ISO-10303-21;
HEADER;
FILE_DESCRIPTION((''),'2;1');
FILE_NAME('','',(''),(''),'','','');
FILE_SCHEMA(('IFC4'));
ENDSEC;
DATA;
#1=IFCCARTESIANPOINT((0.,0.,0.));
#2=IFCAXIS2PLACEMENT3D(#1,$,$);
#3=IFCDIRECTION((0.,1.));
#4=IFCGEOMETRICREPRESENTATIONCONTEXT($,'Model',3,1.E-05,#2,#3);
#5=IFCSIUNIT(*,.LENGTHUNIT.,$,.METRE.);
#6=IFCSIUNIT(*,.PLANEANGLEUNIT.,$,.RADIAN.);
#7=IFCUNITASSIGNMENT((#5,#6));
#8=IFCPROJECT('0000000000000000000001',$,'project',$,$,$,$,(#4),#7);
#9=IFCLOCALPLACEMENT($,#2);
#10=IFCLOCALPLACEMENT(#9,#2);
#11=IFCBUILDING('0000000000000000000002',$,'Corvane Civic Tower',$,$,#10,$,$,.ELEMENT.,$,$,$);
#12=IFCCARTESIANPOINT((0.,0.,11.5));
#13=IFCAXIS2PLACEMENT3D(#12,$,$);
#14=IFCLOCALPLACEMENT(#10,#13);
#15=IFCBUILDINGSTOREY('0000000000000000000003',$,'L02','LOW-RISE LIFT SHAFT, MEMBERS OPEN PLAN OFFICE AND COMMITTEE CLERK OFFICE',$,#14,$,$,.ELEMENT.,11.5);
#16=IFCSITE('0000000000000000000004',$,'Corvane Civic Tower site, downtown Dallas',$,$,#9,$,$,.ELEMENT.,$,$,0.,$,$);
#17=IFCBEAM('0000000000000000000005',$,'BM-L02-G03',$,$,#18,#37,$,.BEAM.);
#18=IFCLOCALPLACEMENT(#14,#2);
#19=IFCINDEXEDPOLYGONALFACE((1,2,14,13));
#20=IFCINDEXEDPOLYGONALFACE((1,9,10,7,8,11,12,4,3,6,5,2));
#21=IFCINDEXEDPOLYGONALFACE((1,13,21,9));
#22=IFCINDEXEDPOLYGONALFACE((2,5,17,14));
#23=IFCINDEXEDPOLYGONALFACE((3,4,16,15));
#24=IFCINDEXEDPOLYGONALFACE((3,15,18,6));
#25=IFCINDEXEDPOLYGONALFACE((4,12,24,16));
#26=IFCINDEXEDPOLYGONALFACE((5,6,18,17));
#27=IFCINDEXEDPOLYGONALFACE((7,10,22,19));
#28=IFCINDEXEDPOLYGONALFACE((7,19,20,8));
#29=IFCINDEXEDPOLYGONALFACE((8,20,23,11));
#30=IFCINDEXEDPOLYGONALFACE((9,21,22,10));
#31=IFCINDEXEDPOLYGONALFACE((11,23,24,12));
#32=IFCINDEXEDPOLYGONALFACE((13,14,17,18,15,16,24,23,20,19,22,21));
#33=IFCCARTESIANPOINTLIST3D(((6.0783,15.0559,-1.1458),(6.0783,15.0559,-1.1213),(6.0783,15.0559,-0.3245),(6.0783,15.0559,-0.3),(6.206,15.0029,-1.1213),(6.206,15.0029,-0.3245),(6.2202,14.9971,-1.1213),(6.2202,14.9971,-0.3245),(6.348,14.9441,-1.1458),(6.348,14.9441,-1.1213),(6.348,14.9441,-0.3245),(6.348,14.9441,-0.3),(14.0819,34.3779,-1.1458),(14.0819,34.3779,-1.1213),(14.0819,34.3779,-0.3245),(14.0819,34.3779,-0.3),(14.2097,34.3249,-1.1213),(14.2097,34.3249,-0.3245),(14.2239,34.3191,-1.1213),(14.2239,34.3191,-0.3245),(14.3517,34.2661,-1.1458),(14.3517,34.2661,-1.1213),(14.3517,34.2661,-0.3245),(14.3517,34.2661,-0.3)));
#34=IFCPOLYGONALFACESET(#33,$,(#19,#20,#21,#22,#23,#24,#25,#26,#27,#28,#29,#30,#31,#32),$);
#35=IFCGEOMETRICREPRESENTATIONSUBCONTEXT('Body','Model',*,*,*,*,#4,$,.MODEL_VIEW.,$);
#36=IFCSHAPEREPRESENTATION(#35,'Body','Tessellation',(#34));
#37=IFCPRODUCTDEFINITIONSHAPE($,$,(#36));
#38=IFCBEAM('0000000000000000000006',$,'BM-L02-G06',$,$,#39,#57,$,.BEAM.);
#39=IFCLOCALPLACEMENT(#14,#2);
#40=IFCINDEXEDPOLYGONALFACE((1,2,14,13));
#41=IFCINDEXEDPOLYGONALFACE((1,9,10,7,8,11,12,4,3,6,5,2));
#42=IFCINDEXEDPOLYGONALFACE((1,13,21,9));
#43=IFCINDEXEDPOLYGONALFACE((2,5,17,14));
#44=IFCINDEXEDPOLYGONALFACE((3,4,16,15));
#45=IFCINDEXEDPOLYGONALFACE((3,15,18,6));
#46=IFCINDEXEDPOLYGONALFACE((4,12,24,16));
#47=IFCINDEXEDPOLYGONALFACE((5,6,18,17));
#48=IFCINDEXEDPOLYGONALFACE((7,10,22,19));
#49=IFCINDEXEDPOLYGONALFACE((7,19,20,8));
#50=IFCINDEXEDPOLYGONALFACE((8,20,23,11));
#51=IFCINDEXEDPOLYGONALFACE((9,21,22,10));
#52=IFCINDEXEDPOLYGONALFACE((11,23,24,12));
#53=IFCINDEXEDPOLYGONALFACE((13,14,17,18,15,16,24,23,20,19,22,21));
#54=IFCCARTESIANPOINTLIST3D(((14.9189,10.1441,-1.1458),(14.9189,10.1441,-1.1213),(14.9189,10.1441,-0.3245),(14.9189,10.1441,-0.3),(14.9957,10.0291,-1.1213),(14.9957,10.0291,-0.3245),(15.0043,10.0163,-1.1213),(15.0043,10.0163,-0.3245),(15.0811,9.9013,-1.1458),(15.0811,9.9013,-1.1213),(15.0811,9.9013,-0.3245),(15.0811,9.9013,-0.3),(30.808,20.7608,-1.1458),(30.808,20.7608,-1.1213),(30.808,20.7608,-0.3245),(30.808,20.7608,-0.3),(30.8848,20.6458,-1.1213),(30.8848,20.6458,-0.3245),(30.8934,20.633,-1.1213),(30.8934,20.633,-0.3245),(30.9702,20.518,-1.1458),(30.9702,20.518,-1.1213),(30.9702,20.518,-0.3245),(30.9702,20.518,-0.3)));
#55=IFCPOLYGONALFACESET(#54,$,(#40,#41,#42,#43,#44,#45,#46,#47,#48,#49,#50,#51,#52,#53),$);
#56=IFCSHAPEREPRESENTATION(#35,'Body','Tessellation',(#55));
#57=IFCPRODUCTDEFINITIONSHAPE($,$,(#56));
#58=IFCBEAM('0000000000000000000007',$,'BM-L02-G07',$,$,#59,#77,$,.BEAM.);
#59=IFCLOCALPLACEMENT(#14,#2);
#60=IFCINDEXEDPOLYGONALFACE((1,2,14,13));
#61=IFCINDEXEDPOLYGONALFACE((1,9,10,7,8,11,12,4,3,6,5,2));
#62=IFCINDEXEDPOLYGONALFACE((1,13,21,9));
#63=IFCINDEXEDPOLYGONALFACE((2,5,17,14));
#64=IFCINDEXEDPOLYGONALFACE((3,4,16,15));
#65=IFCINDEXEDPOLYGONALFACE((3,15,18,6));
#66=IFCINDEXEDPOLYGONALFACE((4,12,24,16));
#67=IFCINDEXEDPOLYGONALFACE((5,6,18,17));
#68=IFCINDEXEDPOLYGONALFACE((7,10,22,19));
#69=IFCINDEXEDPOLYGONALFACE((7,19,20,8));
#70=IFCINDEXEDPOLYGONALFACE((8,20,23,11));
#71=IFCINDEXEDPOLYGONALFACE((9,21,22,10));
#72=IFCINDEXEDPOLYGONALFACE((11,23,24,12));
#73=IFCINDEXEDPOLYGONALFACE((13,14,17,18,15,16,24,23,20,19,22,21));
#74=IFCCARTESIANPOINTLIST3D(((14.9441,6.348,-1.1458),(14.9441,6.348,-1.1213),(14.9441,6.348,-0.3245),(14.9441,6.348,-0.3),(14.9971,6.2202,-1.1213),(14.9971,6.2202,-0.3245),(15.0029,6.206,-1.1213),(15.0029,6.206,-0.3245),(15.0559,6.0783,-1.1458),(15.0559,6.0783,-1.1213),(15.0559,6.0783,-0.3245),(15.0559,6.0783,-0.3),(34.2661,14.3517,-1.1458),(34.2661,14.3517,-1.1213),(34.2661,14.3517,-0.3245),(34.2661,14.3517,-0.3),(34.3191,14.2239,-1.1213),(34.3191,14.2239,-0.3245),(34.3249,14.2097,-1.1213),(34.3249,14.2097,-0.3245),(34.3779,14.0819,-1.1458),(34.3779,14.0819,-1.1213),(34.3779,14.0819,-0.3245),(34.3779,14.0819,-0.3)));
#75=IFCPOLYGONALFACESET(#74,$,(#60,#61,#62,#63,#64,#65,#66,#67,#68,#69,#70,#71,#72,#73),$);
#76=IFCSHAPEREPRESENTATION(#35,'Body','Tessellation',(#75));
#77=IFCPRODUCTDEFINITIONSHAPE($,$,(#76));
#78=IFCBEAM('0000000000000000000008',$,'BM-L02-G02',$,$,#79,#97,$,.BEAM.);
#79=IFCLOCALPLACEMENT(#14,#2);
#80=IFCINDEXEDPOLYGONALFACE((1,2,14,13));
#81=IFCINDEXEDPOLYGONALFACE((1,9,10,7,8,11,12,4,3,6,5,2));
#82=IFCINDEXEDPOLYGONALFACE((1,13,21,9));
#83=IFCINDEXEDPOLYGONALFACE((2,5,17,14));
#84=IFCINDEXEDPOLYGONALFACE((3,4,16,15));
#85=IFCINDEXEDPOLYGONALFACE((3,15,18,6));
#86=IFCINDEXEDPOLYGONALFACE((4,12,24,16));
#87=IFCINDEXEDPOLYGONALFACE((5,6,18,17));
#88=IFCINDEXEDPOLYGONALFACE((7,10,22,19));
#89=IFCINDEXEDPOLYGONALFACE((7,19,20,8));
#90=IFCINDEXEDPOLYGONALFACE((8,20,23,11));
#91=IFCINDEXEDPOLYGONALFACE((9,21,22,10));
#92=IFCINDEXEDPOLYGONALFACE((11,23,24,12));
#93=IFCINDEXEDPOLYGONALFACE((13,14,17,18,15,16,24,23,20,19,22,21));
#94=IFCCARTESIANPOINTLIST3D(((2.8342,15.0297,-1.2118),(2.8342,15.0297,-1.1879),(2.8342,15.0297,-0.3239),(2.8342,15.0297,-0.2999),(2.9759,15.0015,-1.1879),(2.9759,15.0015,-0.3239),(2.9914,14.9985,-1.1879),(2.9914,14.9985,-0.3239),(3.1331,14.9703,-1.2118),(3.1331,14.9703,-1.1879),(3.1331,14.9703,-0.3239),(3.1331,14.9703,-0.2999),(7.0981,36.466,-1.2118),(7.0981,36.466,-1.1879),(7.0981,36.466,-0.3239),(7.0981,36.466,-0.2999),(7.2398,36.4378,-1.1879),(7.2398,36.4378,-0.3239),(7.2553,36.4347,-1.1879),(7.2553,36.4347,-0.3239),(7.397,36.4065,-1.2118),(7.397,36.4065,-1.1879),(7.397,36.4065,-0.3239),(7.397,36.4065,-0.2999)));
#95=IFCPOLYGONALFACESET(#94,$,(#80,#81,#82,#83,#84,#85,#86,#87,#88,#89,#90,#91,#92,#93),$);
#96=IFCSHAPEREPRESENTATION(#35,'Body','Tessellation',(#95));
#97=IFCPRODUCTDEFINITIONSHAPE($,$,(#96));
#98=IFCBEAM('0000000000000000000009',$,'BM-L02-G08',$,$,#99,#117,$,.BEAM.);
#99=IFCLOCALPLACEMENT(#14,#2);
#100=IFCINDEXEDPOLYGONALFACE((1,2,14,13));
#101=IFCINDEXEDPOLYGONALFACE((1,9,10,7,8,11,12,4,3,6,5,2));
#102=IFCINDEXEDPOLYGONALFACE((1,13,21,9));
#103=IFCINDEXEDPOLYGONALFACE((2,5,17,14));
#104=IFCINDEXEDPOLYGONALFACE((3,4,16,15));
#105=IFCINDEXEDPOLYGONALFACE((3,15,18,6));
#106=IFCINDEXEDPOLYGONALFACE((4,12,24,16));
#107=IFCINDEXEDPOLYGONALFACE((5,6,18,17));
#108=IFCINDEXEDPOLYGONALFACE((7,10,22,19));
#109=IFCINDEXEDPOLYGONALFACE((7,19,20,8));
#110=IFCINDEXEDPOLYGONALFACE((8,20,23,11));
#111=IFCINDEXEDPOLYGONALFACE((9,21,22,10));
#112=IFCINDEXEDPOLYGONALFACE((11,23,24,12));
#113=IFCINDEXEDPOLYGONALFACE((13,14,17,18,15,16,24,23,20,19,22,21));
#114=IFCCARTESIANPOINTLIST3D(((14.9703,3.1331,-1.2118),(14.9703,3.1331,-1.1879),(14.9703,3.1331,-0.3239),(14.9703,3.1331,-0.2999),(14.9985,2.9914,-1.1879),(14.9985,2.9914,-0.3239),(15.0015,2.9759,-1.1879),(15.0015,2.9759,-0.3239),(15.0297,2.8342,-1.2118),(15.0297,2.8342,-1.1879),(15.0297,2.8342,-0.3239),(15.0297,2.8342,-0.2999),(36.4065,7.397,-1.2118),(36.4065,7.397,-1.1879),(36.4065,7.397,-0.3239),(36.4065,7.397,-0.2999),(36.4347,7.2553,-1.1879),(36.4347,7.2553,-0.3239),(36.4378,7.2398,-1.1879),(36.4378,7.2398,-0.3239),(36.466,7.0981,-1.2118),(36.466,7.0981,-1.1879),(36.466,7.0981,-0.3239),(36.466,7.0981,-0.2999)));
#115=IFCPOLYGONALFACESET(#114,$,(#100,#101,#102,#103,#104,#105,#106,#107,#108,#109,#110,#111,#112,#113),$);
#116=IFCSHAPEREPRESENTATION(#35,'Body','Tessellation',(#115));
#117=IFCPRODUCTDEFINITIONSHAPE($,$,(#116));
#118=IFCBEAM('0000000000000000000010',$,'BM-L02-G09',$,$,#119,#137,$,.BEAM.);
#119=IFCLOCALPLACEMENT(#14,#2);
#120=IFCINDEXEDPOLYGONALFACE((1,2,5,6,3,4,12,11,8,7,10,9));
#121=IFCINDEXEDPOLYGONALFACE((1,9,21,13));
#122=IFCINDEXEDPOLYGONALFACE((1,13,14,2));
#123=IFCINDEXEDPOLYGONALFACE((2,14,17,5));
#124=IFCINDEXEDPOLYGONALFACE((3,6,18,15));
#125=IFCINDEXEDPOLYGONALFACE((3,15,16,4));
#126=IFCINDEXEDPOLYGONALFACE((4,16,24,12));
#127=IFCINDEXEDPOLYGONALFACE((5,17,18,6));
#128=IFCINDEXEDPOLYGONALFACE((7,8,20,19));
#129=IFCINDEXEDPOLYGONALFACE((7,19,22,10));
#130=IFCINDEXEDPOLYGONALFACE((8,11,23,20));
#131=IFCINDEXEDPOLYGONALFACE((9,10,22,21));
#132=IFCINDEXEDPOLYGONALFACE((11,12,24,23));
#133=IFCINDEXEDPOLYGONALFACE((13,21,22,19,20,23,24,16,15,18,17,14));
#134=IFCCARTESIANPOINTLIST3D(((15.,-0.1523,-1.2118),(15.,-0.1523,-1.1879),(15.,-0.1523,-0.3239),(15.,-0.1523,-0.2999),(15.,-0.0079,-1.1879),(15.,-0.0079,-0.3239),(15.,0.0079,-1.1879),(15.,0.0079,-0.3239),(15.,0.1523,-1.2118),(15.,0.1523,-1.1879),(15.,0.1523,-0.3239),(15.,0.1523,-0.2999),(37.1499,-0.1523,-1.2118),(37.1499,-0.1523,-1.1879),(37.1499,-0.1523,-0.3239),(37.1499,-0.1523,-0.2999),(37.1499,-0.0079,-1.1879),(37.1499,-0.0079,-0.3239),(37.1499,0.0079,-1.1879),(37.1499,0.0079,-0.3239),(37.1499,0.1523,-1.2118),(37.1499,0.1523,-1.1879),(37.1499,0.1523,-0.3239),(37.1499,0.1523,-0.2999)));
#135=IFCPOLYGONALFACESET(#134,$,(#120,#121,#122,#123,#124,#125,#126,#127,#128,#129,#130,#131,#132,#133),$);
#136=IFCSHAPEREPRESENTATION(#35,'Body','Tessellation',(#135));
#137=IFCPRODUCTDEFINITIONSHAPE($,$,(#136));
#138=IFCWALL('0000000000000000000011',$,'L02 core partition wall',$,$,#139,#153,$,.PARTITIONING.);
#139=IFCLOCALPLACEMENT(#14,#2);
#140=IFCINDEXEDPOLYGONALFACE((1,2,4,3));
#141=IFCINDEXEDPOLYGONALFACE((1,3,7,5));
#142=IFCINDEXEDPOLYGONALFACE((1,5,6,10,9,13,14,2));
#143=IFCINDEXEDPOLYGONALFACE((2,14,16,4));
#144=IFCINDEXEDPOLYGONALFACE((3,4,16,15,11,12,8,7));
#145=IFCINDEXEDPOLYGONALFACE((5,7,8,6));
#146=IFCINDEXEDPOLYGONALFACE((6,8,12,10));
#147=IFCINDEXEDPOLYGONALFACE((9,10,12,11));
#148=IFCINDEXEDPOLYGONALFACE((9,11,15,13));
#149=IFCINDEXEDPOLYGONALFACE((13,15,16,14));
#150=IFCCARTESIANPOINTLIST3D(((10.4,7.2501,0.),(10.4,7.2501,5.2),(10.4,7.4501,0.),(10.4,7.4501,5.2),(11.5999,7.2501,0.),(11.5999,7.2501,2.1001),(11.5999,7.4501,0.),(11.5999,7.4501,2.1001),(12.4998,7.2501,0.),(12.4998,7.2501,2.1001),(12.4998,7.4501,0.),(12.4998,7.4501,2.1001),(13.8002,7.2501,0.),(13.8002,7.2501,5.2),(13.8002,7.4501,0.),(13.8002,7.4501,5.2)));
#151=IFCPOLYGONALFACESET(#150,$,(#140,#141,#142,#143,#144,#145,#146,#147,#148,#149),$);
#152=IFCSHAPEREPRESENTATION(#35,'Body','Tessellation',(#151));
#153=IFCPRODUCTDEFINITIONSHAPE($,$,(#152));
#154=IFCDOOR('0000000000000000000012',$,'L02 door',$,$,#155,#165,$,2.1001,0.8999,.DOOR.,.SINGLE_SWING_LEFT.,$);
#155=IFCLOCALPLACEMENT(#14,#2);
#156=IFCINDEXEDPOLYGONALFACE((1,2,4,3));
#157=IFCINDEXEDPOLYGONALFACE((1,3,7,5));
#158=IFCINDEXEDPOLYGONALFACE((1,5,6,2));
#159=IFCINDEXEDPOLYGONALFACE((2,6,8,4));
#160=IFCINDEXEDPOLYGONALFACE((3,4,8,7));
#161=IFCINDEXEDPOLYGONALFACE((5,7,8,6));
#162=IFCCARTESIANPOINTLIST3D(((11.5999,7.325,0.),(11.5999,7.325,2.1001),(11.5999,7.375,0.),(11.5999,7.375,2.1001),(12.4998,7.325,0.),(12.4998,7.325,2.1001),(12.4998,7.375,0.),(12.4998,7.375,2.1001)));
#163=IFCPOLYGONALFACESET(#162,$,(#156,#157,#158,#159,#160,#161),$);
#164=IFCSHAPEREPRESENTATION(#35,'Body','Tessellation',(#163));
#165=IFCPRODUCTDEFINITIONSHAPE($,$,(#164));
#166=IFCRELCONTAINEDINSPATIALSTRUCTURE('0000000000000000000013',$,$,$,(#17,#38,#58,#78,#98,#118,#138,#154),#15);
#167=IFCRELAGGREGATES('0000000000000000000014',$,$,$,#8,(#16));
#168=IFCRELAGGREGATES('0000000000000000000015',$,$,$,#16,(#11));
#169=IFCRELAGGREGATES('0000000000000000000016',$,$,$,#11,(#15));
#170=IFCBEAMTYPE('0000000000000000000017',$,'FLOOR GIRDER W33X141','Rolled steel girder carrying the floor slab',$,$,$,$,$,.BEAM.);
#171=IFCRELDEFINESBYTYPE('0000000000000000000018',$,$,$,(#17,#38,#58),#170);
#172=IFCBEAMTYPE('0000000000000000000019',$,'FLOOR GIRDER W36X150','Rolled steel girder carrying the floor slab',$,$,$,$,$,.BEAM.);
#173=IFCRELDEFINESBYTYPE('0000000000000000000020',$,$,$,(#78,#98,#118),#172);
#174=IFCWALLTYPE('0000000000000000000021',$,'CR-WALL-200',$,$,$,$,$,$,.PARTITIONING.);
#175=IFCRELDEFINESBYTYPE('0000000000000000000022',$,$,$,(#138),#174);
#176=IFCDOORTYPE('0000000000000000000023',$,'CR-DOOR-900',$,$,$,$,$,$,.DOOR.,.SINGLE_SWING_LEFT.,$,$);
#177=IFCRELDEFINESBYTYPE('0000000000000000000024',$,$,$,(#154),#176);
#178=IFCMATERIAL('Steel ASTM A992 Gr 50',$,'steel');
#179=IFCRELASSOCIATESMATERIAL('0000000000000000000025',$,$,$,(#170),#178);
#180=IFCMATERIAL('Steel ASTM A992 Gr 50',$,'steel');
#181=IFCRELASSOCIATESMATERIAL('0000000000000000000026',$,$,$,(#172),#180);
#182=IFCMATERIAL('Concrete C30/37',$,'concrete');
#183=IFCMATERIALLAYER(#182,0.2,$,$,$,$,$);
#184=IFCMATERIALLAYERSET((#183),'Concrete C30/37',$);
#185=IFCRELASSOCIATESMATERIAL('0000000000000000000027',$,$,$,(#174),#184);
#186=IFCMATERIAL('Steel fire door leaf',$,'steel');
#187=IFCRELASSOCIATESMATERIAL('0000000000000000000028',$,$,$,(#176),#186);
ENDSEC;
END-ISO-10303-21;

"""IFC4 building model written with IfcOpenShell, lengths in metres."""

from ifc_helpers import new_model, si_unit, direction, frame, frame_2d, origin, origin_2d, place, context, subcontext, project, spatial, rectangle, i_section, extrude, material, layer, layer_set, material_profile, profile_set, type_object, element, fill, save


model = new_model("IFC4")

# Units and contexts
model_context = context("Model", 3, precision=1e-05, world=origin(), true_north=direction((0.0, 1.0)))
body_context = subcontext(model_context, "Body", "Model", "MODEL_VIEW")
ifc_project = project(units=[si_unit("LENGTHUNIT", "METRE"), si_unit("PLANEANGLEUNIT", "RADIAN")], contexts=[model_context])

# Site, building, storey
site_placement = place(None, origin())
site = spatial("IfcSite", under=ifc_project, at=site_placement, Name="Corvane Civic Tower site, downtown Dallas", CompositionType="ELEMENT", RefElevation=0.0)
building_placement = place(site_placement, origin())
building = spatial("IfcBuilding", under=site, at=building_placement, Name="Corvane Civic Tower", CompositionType="ELEMENT")
storey_placement = place(building_placement, frame((0.0, 0.0, 11.5)))
storey = spatial("IfcBuildingStorey", under=building, at=storey_placement, Name="L02", Description="LOW-RISE LIFT SHAFT, MEMBERS OPEN PLAN OFFICE AND COMMITTEE CLERK OFFICE", CompositionType="ELEMENT", Elevation=11.5)

# Beams
ifc_material_1 = material(Name="Steel ASTM A992 Gr 50", Category="steel")
ifc_material_profile_1 = material_profile(ifc_material_1, i_section(OverallWidth=0.292, OverallDepth=0.8457, WebThickness=0.0154, FlangeThickness=0.0244, at=origin_2d()), Name="W33X141")
ifc_profile_set_1 = profile_set([ifc_material_profile_1], Name="Steel ASTM A992 Gr 50")
beam_type_1 = type_object("IfcBeamType", Name="FLOOR GIRDER W33X141", Description="Rolled steel girder carrying the floor slab", PredefinedType="BEAM", material=ifc_profile_set_1)
beam_1_placement = place(storey_placement, frame((6.2131, 15.0, -0.7229), z_axis=(0.382692, 0.923876, 0.0), x_axis=(-0.923876, 0.382692, 0.0)))
element("IfcBeam", 1, at=beam_1_placement, inside=storey, type_object=beam_type_1, Name="BM-L02-G03", PredefinedType="BEAM", context=body_context, shape_type="SweptSolid", body=[
    extrude(i_section(OverallWidth=0.292, OverallDepth=0.8457, WebThickness=0.0154, FlangeThickness=0.0244, at=origin_2d()), origin(), (0.0, 0.0, 1.0), 20.9141),
])
beam_2_placement = place(storey_placement, frame((15.0, 10.0227, -0.7229), z_axis=(0.831472, 0.555567, 0.0), x_axis=(-0.555567, 0.831472, 0.0)))
element("IfcBeam", 2, at=beam_2_placement, inside=storey, type_object=beam_type_1, Name="BM-L02-G06", PredefinedType="BEAM", context=body_context, shape_type="SweptSolid", body=[
    extrude(i_section(OverallWidth=0.292, OverallDepth=0.8457, WebThickness=0.0154, FlangeThickness=0.0244, at=origin_2d()), origin(), (0.0, 0.0, 1.0), 19.1096),
])
beam_3_placement = place(storey_placement, frame((15.0, 6.2131, -0.7229), z_axis=(0.923876, 0.382692, 0.0), x_axis=(-0.382692, 0.923876, 0.0)))
element("IfcBeam", 3, at=beam_3_placement, inside=storey, type_object=beam_type_1, Name="BM-L02-G07", PredefinedType="BEAM", context=body_context, shape_type="SweptSolid", body=[
    extrude(i_section(OverallWidth=0.292, OverallDepth=0.8457, WebThickness=0.0154, FlangeThickness=0.0244, at=origin_2d()), origin(), (0.0, 0.0, 1.0), 20.9141),
])
ifc_material_2 = material(Name="Steel ASTM A992 Gr 50", Category="steel")
ifc_material_profile_2 = material_profile(ifc_material_2, i_section(OverallWidth=0.3047, OverallDepth=0.9119, WebThickness=0.0159, FlangeThickness=0.0239, at=origin_2d()), Name="W36X150")
ifc_profile_set_2 = profile_set([ifc_material_profile_2], Name="Steel ASTM A992 Gr 50")
beam_type_2 = type_object("IfcBeamType", Name="FLOOR GIRDER W36X150", Description="Rolled steel girder carrying the floor slab", PredefinedType="BEAM", material=ifc_profile_set_2)
for number, where, z_axis, x_axis, name in (
    (4, (2.9836, 15.0, -0.7559), (0.195089, 0.980785, 0.0), (-0.980785, 0.195089, 0.0), "BM-L02-G02"),
    (5, (15.0, 2.9836, -0.7559), (0.980785, 0.195089, 0.0), (-0.195089, 0.980785, 0.0), "BM-L02-G08"),
):
    element("IfcBeam", number, at=place(storey_placement, frame(where, z_axis=z_axis, x_axis=x_axis)), inside=storey, type_object=beam_type_2, Name=name, PredefinedType="BEAM", context=body_context, shape_type="SweptSolid", body=[
        extrude(i_section(OverallWidth=0.3047, OverallDepth=0.9119, WebThickness=0.0159, FlangeThickness=0.0239, at=origin_2d()), origin(), (0.0, 0.0, 1.0), 21.8562),
    ])
beam_4_placement = place(storey_placement, frame((15.0, 0.0, -0.7559), z_axis=(1.0, 0.0, 0.0), x_axis=(0.0, 1.0, 0.0)))
element("IfcBeam", 6, at=beam_4_placement, inside=storey, type_object=beam_type_2, Name="BM-L02-G09", PredefinedType="BEAM", context=body_context, shape_type="SweptSolid", body=[
    extrude(i_section(OverallWidth=0.3047, OverallDepth=0.9119, WebThickness=0.0159, FlangeThickness=0.0239, at=origin_2d()), origin(), (0.0, 0.0, 1.0), 22.1499),
])

# Wall, opening, door
ifc_material_3 = material(Name="Concrete C30/37", Category="concrete")
ifc_layer_1 = layer(ifc_material_3, 0.2)
ifc_layer_set_1 = layer_set([ifc_layer_1], Name="Concrete C30/37")
wall_type_1 = type_object("IfcWallType", Name="CR-WALL-200", PredefinedType="PARTITIONING", material=ifc_layer_set_1)
wall_1_placement = place(storey_placement, frame((10.3999, 7.3501, 0.0), z_axis=(0.0, 0.0, 1.0), x_axis=(1.0, 0.0, 0.0)))
wall_1 = element("IfcWall", 7, at=wall_1_placement, inside=storey, type_object=wall_type_1, Name="L02 core partition wall", PredefinedType="PARTITIONING", context=body_context, shape_type="SweptSolid", body=[
    extrude(rectangle(XDim=3.4001, YDim=0.2, at=frame_2d((1.7002, 0.0))), origin(), (0.0, 0.0, 1.0), 5.2),
])
opening_1_placement = place(wall_1_placement, frame((1.2, 0.0, 0.0)))
opening_1 = element("IfcOpeningElement", 8, at=opening_1_placement, cuts=wall_1, PredefinedType="OPENING", context=body_context, shape_type="SweptSolid", body=[
    extrude(rectangle(XDim=0.8999, YDim=2.1001, at=frame_2d((0.45, 1.05))), frame((0.0, 0.1099, 0.0), z_axis=(0.0, -1.0, 0.0), x_axis=(1.0, 0.0, 0.0)), (0.0, 0.0, 1.0), 0.22),
])
ifc_material_4 = material(Name="Steel fire door leaf", Category="steel")
door_type_1 = type_object("IfcDoorType", Name="CR-DOOR-900", OperationType="SINGLE_SWING_LEFT", PredefinedType="DOOR", material=ifc_material_4)
door_1_placement = place(opening_1_placement, origin())
door_1 = element("IfcDoor", 9, at=door_1_placement, inside=storey, type_object=door_type_1, Name="L02 door", OperationType="SINGLE_SWING_LEFT", OverallHeight=2.1001, OverallWidth=0.8999, PredefinedType="DOOR", context=body_context, shape_type="SweptSolid", body=[
    extrude(rectangle(XDim=0.8999, YDim=2.1001, at=frame_2d((0.45, 1.05))), frame((0.0, 0.0249, 0.0), z_axis=(0.0, -1.0, 0.0), x_axis=(1.0, 0.0, 0.0)), (0.0, 0.0, 1.0), 0.05),
])
fill(opening_1, door_1)

save(model, "model.ifc")
